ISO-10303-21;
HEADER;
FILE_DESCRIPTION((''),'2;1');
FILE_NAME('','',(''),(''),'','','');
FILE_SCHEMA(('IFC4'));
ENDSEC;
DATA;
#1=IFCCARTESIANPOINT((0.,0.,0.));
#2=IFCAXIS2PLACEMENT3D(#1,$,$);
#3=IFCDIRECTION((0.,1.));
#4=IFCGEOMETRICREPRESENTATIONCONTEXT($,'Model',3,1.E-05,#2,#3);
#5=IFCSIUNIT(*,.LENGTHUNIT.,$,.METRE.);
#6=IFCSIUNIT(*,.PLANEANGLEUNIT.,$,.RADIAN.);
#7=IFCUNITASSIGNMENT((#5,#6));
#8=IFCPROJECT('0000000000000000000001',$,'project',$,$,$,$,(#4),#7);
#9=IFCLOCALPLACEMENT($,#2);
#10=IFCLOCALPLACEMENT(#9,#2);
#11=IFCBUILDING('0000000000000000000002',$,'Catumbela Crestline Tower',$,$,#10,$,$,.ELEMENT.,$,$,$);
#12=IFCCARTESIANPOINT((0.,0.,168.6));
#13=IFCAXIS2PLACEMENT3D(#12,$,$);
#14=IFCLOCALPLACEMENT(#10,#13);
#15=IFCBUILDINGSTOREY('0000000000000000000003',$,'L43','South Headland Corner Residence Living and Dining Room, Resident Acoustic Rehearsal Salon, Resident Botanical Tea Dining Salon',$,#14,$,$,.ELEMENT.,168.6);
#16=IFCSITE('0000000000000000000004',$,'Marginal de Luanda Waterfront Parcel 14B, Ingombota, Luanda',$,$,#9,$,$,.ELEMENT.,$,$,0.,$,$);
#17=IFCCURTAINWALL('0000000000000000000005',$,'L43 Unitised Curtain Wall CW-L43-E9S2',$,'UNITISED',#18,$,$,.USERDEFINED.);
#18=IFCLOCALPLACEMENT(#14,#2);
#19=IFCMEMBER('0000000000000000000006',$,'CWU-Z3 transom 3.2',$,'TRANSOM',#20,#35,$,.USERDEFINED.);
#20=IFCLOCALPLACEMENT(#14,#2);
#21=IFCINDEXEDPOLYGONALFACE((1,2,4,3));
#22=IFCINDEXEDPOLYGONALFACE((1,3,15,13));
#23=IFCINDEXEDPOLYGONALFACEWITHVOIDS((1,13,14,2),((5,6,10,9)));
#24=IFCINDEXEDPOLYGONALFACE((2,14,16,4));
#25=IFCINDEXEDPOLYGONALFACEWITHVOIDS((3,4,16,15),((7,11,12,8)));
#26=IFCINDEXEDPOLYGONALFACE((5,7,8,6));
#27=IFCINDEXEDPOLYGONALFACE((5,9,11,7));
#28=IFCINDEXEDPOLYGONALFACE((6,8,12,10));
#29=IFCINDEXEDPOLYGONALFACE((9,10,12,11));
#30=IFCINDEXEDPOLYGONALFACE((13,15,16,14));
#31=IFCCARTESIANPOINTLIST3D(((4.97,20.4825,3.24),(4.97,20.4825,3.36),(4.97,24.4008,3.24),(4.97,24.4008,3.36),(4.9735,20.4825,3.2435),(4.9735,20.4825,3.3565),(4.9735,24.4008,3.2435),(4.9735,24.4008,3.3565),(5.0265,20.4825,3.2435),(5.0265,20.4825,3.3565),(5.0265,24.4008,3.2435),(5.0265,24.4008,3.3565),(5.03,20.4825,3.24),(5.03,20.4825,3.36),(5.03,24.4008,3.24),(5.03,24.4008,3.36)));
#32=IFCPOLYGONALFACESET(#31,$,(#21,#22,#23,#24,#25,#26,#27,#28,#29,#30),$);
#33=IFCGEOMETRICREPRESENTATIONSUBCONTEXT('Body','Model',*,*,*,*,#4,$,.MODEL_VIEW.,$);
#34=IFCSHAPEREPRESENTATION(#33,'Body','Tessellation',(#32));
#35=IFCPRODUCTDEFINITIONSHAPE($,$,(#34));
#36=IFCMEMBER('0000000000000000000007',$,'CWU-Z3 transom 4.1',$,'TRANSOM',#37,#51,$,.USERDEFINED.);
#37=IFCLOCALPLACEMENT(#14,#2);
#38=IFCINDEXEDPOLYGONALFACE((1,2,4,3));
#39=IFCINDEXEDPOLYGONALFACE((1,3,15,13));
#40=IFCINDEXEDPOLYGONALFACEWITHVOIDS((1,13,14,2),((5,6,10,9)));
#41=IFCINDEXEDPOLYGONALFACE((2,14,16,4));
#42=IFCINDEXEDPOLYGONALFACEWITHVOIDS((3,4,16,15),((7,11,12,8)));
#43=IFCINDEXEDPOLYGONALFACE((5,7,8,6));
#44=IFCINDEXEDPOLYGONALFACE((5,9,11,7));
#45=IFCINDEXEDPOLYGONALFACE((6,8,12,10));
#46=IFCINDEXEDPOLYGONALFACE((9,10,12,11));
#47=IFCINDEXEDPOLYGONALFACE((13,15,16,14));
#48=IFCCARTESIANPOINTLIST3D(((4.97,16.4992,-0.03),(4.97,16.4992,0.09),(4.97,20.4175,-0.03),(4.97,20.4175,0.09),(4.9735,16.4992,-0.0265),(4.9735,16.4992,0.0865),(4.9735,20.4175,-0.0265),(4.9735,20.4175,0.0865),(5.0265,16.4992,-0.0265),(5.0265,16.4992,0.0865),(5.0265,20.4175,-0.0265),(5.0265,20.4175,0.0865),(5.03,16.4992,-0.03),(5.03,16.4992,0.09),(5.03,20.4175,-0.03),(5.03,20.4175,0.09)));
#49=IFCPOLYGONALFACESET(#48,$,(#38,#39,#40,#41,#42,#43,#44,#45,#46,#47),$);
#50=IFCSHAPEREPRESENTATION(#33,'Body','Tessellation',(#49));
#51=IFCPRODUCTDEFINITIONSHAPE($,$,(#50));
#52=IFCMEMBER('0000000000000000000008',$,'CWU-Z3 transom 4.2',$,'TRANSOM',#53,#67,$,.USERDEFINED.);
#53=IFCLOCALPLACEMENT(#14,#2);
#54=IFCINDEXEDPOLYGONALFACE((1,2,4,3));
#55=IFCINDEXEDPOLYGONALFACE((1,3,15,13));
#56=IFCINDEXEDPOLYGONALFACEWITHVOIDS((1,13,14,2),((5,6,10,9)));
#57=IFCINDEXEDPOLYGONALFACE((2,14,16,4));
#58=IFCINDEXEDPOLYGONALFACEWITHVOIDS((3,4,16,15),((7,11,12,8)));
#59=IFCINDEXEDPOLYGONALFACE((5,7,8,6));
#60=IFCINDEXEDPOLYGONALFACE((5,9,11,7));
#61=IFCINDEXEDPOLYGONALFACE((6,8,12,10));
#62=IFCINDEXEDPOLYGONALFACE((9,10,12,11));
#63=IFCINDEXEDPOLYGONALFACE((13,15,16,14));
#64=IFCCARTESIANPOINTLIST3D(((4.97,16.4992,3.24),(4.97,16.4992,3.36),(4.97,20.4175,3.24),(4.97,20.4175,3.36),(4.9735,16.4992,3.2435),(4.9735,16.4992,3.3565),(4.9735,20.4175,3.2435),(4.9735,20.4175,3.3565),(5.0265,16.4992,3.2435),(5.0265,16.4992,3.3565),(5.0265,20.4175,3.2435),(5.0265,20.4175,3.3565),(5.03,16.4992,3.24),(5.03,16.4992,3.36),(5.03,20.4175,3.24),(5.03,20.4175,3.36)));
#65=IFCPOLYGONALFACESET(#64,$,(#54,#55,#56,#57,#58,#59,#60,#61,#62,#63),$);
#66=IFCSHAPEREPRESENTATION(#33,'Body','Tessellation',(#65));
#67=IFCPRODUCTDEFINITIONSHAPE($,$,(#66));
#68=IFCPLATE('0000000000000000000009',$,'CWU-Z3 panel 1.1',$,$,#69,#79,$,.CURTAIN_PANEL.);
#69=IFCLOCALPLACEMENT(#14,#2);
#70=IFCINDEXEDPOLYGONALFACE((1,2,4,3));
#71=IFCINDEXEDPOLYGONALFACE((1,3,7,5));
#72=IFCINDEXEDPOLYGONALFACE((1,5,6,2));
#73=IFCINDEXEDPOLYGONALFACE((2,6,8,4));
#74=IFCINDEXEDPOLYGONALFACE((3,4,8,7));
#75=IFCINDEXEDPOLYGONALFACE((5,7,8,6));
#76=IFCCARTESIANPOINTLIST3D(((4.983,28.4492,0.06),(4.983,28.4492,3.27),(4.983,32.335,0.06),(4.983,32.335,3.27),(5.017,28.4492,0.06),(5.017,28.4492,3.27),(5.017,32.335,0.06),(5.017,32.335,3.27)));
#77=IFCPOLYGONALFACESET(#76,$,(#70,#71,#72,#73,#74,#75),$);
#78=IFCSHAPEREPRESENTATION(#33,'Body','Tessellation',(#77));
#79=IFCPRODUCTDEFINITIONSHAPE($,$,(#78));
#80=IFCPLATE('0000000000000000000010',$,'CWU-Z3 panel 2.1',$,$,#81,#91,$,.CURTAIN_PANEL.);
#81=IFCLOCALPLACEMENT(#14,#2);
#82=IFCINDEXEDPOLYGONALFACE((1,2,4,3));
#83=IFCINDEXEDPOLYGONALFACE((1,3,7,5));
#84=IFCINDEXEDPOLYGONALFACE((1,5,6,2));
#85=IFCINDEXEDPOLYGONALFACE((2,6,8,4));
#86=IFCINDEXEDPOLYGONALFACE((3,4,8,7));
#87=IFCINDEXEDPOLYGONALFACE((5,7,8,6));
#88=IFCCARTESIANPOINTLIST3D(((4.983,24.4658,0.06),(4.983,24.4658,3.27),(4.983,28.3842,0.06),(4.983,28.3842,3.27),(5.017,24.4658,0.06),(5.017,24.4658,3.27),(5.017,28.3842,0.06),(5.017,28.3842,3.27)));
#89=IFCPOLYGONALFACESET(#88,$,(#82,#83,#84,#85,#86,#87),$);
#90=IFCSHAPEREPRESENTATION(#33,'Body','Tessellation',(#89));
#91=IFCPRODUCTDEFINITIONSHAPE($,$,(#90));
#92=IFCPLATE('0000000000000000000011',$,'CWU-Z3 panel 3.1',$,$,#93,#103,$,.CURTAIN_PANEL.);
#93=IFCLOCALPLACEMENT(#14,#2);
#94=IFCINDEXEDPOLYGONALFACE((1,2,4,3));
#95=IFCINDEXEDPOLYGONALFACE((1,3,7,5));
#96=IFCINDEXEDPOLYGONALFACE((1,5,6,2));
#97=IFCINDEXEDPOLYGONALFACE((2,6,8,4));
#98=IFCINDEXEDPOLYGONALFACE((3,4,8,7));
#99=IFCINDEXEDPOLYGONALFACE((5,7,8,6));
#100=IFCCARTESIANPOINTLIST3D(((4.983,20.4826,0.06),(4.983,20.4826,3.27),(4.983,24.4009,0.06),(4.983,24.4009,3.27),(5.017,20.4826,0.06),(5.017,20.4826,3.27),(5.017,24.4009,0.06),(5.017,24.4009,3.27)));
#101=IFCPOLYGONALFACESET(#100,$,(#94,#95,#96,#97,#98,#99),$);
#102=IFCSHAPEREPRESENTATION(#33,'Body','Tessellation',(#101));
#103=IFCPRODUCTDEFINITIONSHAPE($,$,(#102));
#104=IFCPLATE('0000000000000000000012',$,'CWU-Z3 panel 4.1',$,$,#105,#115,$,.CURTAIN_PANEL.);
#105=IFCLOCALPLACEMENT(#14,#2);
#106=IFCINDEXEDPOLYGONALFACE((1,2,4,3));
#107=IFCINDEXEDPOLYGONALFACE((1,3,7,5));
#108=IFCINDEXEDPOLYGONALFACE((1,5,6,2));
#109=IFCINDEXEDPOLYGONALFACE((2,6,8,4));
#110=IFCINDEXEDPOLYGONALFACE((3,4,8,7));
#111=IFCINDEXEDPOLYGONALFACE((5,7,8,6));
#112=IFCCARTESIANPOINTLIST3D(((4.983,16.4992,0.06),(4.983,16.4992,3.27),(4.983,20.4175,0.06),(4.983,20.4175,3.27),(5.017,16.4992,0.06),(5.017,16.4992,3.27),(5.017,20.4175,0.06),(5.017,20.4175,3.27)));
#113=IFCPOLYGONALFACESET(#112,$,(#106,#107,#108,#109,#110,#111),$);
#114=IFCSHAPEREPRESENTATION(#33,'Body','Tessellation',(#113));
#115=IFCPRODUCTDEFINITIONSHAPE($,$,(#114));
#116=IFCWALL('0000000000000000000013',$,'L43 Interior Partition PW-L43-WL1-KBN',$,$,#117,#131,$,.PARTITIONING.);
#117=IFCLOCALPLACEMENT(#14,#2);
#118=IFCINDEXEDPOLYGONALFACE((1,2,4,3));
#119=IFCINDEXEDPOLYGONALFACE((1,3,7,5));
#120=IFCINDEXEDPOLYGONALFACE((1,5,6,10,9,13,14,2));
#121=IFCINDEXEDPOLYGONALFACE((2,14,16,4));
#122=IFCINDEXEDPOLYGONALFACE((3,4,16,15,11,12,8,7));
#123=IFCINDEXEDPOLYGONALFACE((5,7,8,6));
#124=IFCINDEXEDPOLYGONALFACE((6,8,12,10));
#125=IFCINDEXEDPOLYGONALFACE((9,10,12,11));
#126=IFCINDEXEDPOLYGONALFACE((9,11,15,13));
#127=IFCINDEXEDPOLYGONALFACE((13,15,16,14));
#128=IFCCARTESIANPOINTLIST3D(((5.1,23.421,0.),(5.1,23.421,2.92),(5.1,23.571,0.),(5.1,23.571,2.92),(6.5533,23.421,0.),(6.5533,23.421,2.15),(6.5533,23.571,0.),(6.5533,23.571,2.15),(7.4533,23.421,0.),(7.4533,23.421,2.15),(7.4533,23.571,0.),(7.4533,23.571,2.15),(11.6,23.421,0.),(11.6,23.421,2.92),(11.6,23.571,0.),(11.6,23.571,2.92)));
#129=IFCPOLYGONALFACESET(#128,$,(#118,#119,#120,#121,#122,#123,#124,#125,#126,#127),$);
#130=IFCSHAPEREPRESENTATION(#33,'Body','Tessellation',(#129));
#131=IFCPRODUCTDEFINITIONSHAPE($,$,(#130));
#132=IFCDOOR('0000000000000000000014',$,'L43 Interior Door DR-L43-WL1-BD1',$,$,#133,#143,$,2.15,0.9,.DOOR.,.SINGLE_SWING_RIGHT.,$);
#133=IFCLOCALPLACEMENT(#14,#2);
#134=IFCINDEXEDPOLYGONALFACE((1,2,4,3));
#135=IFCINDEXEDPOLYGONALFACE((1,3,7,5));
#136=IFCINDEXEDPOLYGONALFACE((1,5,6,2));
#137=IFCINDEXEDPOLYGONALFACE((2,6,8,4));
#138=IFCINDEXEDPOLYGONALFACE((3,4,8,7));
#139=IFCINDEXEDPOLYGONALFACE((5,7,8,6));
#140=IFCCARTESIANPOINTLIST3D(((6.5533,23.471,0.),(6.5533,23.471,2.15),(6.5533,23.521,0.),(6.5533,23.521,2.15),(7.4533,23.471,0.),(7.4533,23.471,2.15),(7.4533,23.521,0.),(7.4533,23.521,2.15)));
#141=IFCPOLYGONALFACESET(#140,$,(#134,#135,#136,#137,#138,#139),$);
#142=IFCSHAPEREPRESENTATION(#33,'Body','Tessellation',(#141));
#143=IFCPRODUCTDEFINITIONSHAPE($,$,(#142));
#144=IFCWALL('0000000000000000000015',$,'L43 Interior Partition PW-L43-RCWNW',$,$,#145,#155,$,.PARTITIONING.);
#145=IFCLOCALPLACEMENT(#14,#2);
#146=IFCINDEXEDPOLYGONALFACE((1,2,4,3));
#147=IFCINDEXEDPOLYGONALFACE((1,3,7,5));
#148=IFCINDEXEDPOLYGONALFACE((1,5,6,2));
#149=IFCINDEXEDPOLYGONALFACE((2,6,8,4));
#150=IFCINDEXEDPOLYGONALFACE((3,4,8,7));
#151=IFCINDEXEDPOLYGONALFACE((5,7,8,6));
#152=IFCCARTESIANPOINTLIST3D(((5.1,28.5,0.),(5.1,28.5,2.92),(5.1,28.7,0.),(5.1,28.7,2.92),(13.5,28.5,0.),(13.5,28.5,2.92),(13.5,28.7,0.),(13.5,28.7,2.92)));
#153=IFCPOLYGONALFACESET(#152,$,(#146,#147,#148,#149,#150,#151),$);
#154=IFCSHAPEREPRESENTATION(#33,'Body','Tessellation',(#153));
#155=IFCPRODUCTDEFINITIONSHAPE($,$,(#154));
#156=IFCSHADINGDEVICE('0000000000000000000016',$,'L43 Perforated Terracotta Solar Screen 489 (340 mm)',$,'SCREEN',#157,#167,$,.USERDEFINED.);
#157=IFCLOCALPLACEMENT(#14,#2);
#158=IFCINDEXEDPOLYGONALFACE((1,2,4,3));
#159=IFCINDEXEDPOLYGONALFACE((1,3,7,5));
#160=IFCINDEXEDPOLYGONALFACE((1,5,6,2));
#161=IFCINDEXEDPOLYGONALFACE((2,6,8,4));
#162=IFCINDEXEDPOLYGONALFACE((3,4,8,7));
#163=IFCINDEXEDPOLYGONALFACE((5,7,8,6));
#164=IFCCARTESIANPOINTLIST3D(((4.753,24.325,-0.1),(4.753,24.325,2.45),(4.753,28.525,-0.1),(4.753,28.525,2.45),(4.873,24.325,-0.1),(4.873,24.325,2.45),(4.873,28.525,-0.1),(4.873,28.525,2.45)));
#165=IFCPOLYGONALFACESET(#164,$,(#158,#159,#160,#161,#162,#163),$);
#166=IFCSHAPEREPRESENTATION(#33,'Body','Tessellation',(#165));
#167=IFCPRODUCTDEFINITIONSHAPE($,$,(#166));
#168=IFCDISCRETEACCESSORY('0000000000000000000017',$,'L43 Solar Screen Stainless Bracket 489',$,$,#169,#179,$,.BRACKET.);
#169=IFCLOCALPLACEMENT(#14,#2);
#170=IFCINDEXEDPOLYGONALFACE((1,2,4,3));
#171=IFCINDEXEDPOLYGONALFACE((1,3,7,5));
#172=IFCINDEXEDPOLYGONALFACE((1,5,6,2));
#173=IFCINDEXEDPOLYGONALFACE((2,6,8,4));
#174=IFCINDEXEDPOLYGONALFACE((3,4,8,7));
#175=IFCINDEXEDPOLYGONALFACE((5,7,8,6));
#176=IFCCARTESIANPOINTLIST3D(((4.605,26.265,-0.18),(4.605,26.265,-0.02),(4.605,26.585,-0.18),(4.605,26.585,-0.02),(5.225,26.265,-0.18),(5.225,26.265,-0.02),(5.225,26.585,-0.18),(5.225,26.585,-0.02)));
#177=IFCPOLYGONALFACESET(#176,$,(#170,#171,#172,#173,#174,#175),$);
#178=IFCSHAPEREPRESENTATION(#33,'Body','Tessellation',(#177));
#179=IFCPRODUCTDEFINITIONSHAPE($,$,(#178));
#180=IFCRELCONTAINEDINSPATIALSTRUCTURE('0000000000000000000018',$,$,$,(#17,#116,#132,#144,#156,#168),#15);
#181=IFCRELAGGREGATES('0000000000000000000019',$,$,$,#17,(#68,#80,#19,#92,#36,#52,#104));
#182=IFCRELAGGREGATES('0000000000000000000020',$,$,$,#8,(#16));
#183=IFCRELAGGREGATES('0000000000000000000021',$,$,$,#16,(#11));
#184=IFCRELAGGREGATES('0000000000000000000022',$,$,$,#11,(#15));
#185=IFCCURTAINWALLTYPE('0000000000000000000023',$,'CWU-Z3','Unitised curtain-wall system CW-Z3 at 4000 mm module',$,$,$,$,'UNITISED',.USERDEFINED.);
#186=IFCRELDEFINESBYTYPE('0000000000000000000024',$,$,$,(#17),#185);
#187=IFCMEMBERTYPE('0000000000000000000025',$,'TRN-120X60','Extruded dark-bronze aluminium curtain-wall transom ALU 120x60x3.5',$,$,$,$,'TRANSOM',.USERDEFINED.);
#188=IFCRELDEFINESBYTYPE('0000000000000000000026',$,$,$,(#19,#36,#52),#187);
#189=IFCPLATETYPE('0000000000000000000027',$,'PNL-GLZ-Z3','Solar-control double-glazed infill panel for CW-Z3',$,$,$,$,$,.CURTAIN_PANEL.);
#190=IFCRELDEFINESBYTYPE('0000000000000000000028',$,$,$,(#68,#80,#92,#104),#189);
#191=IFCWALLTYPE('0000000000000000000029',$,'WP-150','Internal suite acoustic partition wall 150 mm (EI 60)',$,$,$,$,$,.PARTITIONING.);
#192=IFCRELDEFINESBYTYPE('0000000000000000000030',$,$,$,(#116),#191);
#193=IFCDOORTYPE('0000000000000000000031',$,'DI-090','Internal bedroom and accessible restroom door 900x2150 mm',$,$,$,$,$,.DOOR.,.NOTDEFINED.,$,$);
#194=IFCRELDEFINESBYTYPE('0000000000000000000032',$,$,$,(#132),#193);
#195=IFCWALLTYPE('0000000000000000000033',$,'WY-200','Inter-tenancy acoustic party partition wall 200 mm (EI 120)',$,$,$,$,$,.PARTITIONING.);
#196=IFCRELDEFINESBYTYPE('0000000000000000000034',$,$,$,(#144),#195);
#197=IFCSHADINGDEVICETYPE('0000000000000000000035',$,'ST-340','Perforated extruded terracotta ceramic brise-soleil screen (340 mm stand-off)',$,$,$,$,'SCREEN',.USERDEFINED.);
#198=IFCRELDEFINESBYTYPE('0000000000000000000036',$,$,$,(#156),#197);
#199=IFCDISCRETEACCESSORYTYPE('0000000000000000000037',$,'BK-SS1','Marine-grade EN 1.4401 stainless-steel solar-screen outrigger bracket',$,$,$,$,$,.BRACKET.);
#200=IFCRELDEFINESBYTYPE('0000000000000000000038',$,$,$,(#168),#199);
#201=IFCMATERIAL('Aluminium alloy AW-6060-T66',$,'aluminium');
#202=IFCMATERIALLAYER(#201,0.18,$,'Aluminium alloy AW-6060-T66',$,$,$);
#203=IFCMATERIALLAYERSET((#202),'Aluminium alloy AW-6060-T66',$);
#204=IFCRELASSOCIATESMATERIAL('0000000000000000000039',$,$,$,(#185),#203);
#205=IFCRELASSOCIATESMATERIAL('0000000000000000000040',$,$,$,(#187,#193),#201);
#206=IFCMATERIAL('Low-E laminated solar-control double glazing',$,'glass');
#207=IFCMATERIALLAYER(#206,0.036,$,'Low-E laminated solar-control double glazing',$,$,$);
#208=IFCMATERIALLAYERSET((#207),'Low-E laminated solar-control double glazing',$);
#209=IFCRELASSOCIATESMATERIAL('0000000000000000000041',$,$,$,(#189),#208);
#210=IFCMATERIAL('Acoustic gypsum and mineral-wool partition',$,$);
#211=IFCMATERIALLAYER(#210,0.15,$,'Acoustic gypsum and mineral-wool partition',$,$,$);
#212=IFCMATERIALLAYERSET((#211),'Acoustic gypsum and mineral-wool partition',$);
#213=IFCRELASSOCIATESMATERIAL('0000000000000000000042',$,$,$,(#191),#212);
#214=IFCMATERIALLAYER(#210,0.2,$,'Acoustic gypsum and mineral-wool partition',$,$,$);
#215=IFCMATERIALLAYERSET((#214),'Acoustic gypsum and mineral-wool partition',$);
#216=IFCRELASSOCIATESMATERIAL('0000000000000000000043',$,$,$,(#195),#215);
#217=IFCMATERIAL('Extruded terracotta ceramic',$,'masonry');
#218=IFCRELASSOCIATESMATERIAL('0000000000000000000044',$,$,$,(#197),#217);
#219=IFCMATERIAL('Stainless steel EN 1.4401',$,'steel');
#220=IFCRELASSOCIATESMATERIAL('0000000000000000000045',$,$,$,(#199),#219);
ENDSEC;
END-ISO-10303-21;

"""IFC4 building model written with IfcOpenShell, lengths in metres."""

from ifc_helpers import new_model, si_unit, direction, frame, frame_2d, origin, origin_2d, place, context, subcontext, project, spatial, rectangle, hollow_rectangle, extrude, material, layer, layer_set, material_profile, profile_set, type_object, element, fill, aggregate, save


model = new_model("IFC4")

# Units and contexts
model_context = context("Model", 3, precision=1e-05, world=origin(), true_north=direction((0.0, 1.0)))
body_context = subcontext(model_context, "Body", "Model", "MODEL_VIEW")
ifc_project = project(units=[si_unit("LENGTHUNIT", "METRE"), si_unit("PLANEANGLEUNIT", "RADIAN")], contexts=[model_context])

# Site, building, storey
site_placement = place(None, origin())
site = spatial("IfcSite", under=ifc_project, at=site_placement, Name="Marginal de Luanda Waterfront Parcel 14B, Ingombota, Luanda", CompositionType="ELEMENT", RefElevation=0.0)
building_placement = place(site_placement, origin())
building = spatial("IfcBuilding", under=site, at=building_placement, Name="Catumbela Crestline Tower", CompositionType="ELEMENT")
storey_placement = place(building_placement, frame((0.0, 0.0, 168.6)))
storey = spatial("IfcBuildingStorey", under=building, at=storey_placement, Name="L43", Description="South Headland Corner Residence Living and Dining Room, Resident Acoustic Rehearsal Salon, Resident Botanical Tea Dining Salon", CompositionType="ELEMENT", Elevation=168.6)

# Curtain wall
ifc_material_1 = material(Name="Aluminium alloy AW-6060-T66", Category="aluminium")
ifc_layer_1 = layer(ifc_material_1, 0.18, Name="Aluminium alloy AW-6060-T66")
ifc_layer_set_1 = layer_set([ifc_layer_1], Name="Aluminium alloy AW-6060-T66")
curtain_wall_type = type_object("IfcCurtainWallType", Name="CWU-Z3", Description="Unitised curtain-wall system CW-Z3 at 4000 mm module", ElementType="UNITISED", PredefinedType="USERDEFINED", material=ifc_layer_set_1)
curtain_wall_placement = place(storey_placement, origin())
curtain_wall = element("IfcCurtainWall", 1, at=curtain_wall_placement, inside=storey, type_object=curtain_wall_type, Name="L43 Unitised Curtain Wall CW-L43-E9S2", ObjectType="UNITISED", PredefinedType="USERDEFINED")

# Members
ifc_material_profile_1 = material_profile(ifc_material_1, hollow_rectangle(XDim=0.06, YDim=0.12, WallThickness=0.0035, at=origin_2d()), Name="ALU 120x60x3.5")
ifc_profile_set_1 = profile_set([ifc_material_profile_1], Name="Aluminium alloy AW-6060-T66")
member_type_1 = type_object("IfcMemberType", Name="TRN-120X60", Description="Extruded dark-bronze aluminium curtain-wall transom ALU 120x60x3.5", ElementType="TRANSOM", PredefinedType="USERDEFINED", material=ifc_profile_set_1)
member_1_placement = place(storey_placement, frame((5.0, 24.4008, 3.3), z_axis=(0.0, -1.0, 0.0), x_axis=(1.0, 0.0, 0.0)))
member_1 = element("IfcMember", 2, at=member_1_placement, type_object=member_type_1, Name="CWU-Z3 transom 3.2", ObjectType="TRANSOM", PredefinedType="USERDEFINED", context=body_context, shape_type="SweptSolid", body=[
    extrude(hollow_rectangle(XDim=0.06, YDim=0.12, WallThickness=0.0035, at=origin_2d()), origin(), (0.0, 0.0, 1.0), 3.9183),
])
member_2_placement = place(storey_placement, frame((5.0, 20.4175, 0.03), z_axis=(0.0, -1.0, 0.0), x_axis=(1.0, 0.0, 0.0)))
member_2 = element("IfcMember", 3, at=member_2_placement, type_object=member_type_1, Name="CWU-Z3 transom 4.1", ObjectType="TRANSOM", PredefinedType="USERDEFINED", context=body_context, shape_type="SweptSolid", body=[
    extrude(hollow_rectangle(XDim=0.06, YDim=0.12, WallThickness=0.0035, at=origin_2d()), origin(), (0.0, 0.0, 1.0), 3.9183),
])
member_3_placement = place(storey_placement, frame((5.0, 20.4175, 3.3), z_axis=(0.0, -1.0, 0.0), x_axis=(1.0, 0.0, 0.0)))
member_3 = element("IfcMember", 4, at=member_3_placement, type_object=member_type_1, Name="CWU-Z3 transom 4.2", ObjectType="TRANSOM", PredefinedType="USERDEFINED", context=body_context, shape_type="SweptSolid", body=[
    extrude(hollow_rectangle(XDim=0.06, YDim=0.12, WallThickness=0.0035, at=origin_2d()), origin(), (0.0, 0.0, 1.0), 3.9183),
])

# Plates
ifc_material_2 = material(Name="Low-E laminated solar-control double glazing", Category="glass")
ifc_layer_2 = layer(ifc_material_2, 0.036, Name="Low-E laminated solar-control double glazing")
ifc_layer_set_2 = layer_set([ifc_layer_2], Name="Low-E laminated solar-control double glazing")
plate_type = type_object("IfcPlateType", Name="PNL-GLZ-Z3", Description="Solar-control double-glazed infill panel for CW-Z3", PredefinedType="CURTAIN_PANEL", material=ifc_layer_set_2)
plate_1_placement = place(storey_placement, frame((5.0, 30.3921, 0.06), z_axis=(0.0, 0.0, 1.0), x_axis=(0.0, -1.0, 0.0)))
plate_1 = element("IfcPlate", 5, at=plate_1_placement, type_object=plate_type, Name="CWU-Z3 panel 1.1", PredefinedType="CURTAIN_PANEL", context=body_context, shape_type="SweptSolid", body=[
    extrude(rectangle(XDim=3.8858, YDim=0.034, at=origin_2d()), origin(), (0.0, 0.0, 1.0), 3.21),
])
plate_2_placement = place(storey_placement, frame((5.0, 26.425, 0.06), z_axis=(0.0, 0.0, 1.0), x_axis=(0.0, -1.0, 0.0)))
plate_2 = element("IfcPlate", 6, at=plate_2_placement, type_object=plate_type, Name="CWU-Z3 panel 2.1", PredefinedType="CURTAIN_PANEL", context=body_context, shape_type="SweptSolid", body=[
    extrude(rectangle(XDim=3.9183, YDim=0.034, at=origin_2d()), origin(), (0.0, 0.0, 1.0), 3.21),
])
plate_3_placement = place(storey_placement, frame((5.0, 22.4417, 0.06), z_axis=(0.0, 0.0, 1.0), x_axis=(0.0, -1.0, 0.0)))
plate_3 = element("IfcPlate", 7, at=plate_3_placement, type_object=plate_type, Name="CWU-Z3 panel 3.1", PredefinedType="CURTAIN_PANEL", context=body_context, shape_type="SweptSolid", body=[
    extrude(rectangle(XDim=3.9183, YDim=0.034, at=origin_2d()), origin(), (0.0, 0.0, 1.0), 3.21),
])
plate_4_placement = place(storey_placement, frame((5.0, 18.4583, 0.06), z_axis=(0.0, 0.0, 1.0), x_axis=(0.0, -1.0, 0.0)))
plate_4 = element("IfcPlate", 8, at=plate_4_placement, type_object=plate_type, Name="CWU-Z3 panel 4.1", PredefinedType="CURTAIN_PANEL", context=body_context, shape_type="SweptSolid", body=[
    extrude(rectangle(XDim=3.9183, YDim=0.034, at=origin_2d()), origin(), (0.0, 0.0, 1.0), 3.21),
])
aggregate(curtain_wall, [plate_1, plate_2, member_1, plate_3, member_2, member_3, plate_4])

# Wall, opening, door
ifc_material_3 = material(Name="Acoustic gypsum and mineral-wool partition")
ifc_layer_3 = layer(ifc_material_3, 0.15, Name="Acoustic gypsum and mineral-wool partition")
ifc_layer_set_3 = layer_set([ifc_layer_3], Name="Acoustic gypsum and mineral-wool partition")
wall_type_1 = type_object("IfcWallType", Name="WP-150", Description="Internal suite acoustic partition wall 150 mm (EI 60)", PredefinedType="PARTITIONING", material=ifc_layer_set_3)
wall_1_placement = place(storey_placement, frame((5.1, 23.496, 0.0), z_axis=(0.0, 0.0, 1.0), x_axis=(1.0, 0.0, 0.0)))
wall_1 = element("IfcWall", 9, at=wall_1_placement, inside=storey, type_object=wall_type_1, Name="L43 Interior Partition PW-L43-WL1-KBN", PredefinedType="PARTITIONING", context=body_context, shape_type="SweptSolid", body=[
    extrude(rectangle(XDim=6.5, YDim=0.15, at=frame_2d((3.25, 0.0))), origin(), (0.0, 0.0, 1.0), 2.92),
])
opening_placement = place(wall_1_placement, frame((1.4533, 0.0, 0.0)))
opening = element("IfcOpeningElement", 10, at=opening_placement, cuts=wall_1, PredefinedType="OPENING", context=body_context, shape_type="SweptSolid", body=[
    extrude(rectangle(XDim=0.9, YDim=2.15, at=frame_2d((0.45, 1.075))), frame((0.0, 0.085, 0.0), z_axis=(0.0, -1.0, 0.0), x_axis=(1.0, 0.0, 0.0)), (0.0, 0.0, 1.0), 0.17),
])
door_type = type_object("IfcDoorType", Name="DI-090", Description="Internal bedroom and accessible restroom door 900x2150 mm", OperationType="NOTDEFINED", PredefinedType="DOOR", material=ifc_material_1)
door_placement = place(opening_placement, origin())
door = element("IfcDoor", 11, at=door_placement, inside=storey, type_object=door_type, Name="L43 Interior Door DR-L43-WL1-BD1", OperationType="SINGLE_SWING_RIGHT", OverallHeight=2.15, OverallWidth=0.9, PredefinedType="DOOR", context=body_context, shape_type="SweptSolid", body=[
    extrude(rectangle(XDim=0.9, YDim=2.15, at=frame_2d((0.45, 1.075))), frame((0.0, 0.025, 0.0), z_axis=(0.0, -1.0, 0.0), x_axis=(1.0, 0.0, 0.0)), (0.0, 0.0, 1.0), 0.05),
])
fill(opening, door)

# Wall
ifc_layer_4 = layer(ifc_material_3, 0.2, Name="Acoustic gypsum and mineral-wool partition")
ifc_layer_set_4 = layer_set([ifc_layer_4], Name="Acoustic gypsum and mineral-wool partition")
wall_type_2 = type_object("IfcWallType", Name="WY-200", Description="Inter-tenancy acoustic party partition wall 200 mm (EI 120)", PredefinedType="PARTITIONING", material=ifc_layer_set_4)
wall_2_placement = place(storey_placement, frame((5.1, 28.6, 0.0), z_axis=(0.0, 0.0, 1.0), x_axis=(1.0, 0.0, 0.0)))
element("IfcWall", 12, at=wall_2_placement, inside=storey, type_object=wall_type_2, Name="L43 Interior Partition PW-L43-RCWNW", PredefinedType="PARTITIONING", context=body_context, shape_type="SweptSolid", body=[
    extrude(rectangle(XDim=8.4, YDim=0.2, at=frame_2d((4.2, 0.0))), origin(), (0.0, 0.0, 1.0), 2.92),
])

# Shading device
ifc_material_4 = material(Name="Extruded terracotta ceramic", Category="masonry")
shading_device_type = type_object("IfcShadingDeviceType", Name="ST-340", Description="Perforated extruded terracotta ceramic brise-soleil screen (340 mm stand-off)", ElementType="SCREEN", PredefinedType="USERDEFINED", material=ifc_material_4)
shading_device_placement = place(storey_placement, frame((4.813, 26.425, -0.1), z_axis=(0.0, 0.0, 1.0), x_axis=(0.0, -1.0, 0.0)))
element("IfcShadingDevice", 13, at=shading_device_placement, inside=storey, type_object=shading_device_type, Name="L43 Perforated Terracotta Solar Screen 489 (340 mm)", ObjectType="SCREEN", PredefinedType="USERDEFINED", context=body_context, shape_type="SweptSolid", body=[
    extrude(rectangle(XDim=4.2, YDim=0.12, at=origin_2d()), origin(), (0.0, 0.0, 1.0), 2.55),
])

# Discrete accessory
ifc_material_5 = material(Name="Stainless steel EN 1.4401", Category="steel")
discrete_accessory_type = type_object("IfcDiscreteAccessoryType", Name="BK-SS1", Description="Marine-grade EN 1.4401 stainless-steel solar-screen outrigger bracket", PredefinedType="BRACKET", material=ifc_material_5)
discrete_accessory_placement = place(storey_placement, frame((4.915, 26.425, -0.18), z_axis=(0.0, 0.0, 1.0), x_axis=(0.0, -1.0, 0.0)))
element("IfcDiscreteAccessory", 14, at=discrete_accessory_placement, inside=storey, type_object=discrete_accessory_type, Name="L43 Solar Screen Stainless Bracket 489", PredefinedType="BRACKET", context=body_context, shape_type="SweptSolid", body=[
    extrude(rectangle(XDim=0.32, YDim=0.62, at=origin_2d()), origin(), (0.0, 0.0, 1.0), 0.16),
])

save(model, "model.ifc")
